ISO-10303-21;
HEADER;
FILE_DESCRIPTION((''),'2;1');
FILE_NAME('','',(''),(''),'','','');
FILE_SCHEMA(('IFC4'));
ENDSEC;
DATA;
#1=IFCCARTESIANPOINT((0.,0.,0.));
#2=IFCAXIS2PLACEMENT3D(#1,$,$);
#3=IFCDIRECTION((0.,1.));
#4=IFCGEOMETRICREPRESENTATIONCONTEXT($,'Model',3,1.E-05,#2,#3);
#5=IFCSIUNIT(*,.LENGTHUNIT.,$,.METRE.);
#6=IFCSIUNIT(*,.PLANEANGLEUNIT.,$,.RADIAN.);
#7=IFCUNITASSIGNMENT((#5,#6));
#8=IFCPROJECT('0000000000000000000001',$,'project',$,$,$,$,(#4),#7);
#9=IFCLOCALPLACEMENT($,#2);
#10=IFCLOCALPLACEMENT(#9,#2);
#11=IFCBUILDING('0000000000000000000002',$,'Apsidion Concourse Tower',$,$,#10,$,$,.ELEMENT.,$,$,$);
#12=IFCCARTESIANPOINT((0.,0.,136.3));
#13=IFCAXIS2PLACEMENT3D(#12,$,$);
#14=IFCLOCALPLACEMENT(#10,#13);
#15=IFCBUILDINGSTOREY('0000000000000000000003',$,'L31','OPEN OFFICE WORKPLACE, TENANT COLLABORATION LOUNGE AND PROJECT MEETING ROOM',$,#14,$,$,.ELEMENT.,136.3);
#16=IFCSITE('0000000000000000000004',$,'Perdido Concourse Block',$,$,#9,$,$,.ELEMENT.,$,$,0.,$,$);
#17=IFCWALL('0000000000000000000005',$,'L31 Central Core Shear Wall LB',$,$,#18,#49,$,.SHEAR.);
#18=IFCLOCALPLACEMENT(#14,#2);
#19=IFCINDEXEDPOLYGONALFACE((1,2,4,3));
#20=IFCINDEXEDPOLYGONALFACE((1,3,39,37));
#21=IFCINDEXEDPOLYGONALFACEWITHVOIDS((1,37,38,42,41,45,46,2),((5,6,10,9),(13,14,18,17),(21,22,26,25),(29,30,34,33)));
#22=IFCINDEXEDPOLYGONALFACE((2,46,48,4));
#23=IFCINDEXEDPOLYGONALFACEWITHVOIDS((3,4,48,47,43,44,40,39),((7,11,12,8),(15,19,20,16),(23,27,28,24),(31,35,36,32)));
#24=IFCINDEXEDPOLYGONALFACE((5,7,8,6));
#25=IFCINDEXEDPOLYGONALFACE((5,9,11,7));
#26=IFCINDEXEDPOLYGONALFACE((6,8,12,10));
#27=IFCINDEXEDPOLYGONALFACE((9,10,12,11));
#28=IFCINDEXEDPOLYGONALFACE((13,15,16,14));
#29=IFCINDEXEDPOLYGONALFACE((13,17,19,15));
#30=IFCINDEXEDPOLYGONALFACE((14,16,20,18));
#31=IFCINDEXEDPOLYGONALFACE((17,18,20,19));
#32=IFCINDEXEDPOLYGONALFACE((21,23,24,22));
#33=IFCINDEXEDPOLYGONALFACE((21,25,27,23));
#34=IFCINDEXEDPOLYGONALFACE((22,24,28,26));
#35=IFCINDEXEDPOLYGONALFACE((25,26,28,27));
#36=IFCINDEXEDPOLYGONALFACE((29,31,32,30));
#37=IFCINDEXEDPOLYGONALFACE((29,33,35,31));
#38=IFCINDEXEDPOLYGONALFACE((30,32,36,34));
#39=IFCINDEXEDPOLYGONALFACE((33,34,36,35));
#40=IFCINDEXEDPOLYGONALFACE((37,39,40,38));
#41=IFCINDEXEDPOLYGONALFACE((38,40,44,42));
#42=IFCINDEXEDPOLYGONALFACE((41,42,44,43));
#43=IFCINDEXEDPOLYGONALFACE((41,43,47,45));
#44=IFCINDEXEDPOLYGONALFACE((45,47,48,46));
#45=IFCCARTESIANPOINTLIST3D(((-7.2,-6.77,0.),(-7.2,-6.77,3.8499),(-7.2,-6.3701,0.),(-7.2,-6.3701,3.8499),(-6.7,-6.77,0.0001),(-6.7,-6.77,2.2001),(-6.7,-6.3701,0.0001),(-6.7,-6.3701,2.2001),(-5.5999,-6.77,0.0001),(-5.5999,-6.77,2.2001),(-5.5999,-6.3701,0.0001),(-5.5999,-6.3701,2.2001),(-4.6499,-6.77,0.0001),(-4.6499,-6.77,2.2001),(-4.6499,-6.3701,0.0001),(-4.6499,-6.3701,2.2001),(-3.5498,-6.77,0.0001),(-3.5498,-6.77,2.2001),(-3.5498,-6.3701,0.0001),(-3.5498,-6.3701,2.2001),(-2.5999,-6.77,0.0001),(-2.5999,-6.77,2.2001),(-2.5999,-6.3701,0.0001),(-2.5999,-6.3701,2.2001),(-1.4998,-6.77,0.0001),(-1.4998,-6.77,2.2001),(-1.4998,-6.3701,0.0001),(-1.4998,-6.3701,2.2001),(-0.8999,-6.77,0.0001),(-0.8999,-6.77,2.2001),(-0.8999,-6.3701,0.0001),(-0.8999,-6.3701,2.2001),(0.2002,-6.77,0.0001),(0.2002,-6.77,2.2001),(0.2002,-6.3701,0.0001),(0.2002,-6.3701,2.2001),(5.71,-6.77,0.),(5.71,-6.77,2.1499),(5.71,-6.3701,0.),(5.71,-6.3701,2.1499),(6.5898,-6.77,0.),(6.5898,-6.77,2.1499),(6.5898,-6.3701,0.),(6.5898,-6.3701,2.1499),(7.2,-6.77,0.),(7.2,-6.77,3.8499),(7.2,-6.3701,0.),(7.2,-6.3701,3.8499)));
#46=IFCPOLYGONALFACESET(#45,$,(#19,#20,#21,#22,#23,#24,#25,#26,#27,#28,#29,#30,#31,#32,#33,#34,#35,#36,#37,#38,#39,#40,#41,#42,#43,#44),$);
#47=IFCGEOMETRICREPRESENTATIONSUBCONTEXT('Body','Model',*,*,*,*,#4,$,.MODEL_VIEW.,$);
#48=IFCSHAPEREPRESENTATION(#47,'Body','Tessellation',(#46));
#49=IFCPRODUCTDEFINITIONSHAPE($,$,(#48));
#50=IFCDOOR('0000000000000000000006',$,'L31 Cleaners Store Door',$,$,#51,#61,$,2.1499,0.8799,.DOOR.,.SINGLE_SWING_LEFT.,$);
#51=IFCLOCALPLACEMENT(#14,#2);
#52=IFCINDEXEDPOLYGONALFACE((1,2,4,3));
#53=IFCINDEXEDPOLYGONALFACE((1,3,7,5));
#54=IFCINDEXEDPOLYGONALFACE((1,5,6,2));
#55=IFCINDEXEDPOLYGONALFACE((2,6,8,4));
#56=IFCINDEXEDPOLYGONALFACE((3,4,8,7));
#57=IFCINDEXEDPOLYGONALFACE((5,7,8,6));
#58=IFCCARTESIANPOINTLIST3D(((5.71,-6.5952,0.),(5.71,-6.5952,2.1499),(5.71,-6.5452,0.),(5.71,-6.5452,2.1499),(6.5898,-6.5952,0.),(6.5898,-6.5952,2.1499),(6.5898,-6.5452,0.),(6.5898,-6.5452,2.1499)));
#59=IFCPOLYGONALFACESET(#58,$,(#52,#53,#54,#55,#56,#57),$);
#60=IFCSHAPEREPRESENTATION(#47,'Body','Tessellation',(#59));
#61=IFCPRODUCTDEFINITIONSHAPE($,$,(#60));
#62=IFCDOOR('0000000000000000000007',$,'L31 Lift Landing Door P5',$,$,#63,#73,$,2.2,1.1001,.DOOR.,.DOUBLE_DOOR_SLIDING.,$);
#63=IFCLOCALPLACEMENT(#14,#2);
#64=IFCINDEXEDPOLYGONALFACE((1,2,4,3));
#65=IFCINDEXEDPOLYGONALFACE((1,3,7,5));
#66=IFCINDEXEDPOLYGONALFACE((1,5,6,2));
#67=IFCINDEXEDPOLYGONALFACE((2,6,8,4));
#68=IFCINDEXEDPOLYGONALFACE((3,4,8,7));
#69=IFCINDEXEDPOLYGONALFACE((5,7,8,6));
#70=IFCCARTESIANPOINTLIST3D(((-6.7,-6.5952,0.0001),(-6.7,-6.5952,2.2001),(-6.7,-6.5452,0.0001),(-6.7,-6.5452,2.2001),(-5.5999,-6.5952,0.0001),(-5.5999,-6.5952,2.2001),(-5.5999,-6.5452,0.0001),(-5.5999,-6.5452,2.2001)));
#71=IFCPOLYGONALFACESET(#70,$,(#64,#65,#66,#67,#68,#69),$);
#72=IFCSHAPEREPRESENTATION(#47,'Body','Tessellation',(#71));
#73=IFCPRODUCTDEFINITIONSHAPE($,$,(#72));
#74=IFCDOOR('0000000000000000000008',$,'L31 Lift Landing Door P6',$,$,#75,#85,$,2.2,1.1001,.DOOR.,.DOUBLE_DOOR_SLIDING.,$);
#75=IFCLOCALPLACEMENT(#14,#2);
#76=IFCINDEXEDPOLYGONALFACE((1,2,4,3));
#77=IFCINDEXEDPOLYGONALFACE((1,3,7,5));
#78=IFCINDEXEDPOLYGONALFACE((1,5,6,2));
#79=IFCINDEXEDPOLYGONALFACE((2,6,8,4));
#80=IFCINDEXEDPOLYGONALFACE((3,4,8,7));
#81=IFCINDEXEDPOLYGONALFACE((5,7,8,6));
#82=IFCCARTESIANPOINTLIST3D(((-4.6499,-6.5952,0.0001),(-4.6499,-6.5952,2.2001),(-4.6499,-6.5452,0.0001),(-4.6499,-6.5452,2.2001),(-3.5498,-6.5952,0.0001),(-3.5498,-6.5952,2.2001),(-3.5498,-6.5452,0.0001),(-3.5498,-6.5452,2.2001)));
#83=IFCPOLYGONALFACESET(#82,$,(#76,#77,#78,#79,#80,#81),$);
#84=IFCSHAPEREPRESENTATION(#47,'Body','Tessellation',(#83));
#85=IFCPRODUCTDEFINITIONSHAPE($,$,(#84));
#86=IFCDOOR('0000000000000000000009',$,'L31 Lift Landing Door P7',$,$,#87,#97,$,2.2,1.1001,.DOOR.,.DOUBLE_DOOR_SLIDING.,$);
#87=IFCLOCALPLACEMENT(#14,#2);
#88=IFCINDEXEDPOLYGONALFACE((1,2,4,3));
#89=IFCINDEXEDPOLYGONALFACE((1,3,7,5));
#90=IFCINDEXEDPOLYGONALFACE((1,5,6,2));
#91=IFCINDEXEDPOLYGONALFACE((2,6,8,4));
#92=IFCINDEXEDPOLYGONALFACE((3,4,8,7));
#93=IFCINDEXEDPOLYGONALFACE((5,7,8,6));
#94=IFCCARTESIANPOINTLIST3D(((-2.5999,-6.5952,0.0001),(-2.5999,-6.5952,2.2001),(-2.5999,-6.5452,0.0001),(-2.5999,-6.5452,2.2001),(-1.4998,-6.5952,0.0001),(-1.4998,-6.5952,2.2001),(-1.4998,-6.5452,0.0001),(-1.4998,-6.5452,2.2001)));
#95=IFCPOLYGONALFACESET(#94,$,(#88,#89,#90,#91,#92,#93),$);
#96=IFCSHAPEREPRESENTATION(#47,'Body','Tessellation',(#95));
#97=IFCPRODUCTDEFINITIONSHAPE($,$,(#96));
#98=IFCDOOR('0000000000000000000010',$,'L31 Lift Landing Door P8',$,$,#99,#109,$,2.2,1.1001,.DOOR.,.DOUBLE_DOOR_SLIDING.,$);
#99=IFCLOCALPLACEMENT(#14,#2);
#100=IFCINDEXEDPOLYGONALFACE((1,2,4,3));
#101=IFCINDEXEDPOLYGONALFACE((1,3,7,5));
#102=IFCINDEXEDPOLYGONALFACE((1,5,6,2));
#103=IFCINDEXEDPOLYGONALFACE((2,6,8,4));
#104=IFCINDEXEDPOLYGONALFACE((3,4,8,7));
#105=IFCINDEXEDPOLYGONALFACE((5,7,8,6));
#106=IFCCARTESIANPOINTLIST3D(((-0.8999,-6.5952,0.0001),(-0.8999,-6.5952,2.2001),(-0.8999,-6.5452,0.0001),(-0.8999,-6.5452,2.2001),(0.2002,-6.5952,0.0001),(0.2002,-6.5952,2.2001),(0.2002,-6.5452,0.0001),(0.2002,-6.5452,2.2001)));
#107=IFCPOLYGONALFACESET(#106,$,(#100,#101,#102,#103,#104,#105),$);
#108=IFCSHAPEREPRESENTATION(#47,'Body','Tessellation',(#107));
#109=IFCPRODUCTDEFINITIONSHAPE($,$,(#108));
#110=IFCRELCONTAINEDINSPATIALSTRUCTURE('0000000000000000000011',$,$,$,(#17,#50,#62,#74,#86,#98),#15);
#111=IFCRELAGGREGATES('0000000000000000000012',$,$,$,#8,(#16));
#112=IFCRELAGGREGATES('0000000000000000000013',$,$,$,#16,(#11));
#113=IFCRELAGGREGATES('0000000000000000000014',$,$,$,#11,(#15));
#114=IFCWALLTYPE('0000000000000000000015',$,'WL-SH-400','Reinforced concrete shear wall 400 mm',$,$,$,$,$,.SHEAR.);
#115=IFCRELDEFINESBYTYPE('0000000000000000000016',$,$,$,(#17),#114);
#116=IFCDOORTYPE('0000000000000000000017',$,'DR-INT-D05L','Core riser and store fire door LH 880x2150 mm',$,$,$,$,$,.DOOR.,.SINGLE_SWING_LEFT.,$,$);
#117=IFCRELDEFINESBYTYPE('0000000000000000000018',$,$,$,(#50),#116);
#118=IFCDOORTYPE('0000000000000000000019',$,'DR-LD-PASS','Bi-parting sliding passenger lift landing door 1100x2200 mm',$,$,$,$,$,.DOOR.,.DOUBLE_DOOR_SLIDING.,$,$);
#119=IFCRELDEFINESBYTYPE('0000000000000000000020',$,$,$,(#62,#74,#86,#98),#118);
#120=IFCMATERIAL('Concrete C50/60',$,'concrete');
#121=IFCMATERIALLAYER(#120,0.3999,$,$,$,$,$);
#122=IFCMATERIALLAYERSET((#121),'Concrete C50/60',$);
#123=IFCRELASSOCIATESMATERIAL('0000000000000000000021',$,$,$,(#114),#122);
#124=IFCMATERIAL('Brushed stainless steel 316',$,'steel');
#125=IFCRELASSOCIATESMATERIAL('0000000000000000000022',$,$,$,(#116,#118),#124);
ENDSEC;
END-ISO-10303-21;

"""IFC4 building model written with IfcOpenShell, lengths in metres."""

from ifc_helpers import new_model, si_unit, direction, frame, frame_2d, origin, place, context, subcontext, project, spatial, rectangle, extrude, material, layer, layer_set, type_object, element, fill, save


model = new_model("IFC4")

# Units and contexts
model_context = context("Model", 3, precision=1e-05, world=origin(), true_north=direction((0.0, 1.0)))
body_context = subcontext(model_context, "Body", "Model", "MODEL_VIEW")
ifc_project = project(units=[si_unit("LENGTHUNIT", "METRE"), si_unit("PLANEANGLEUNIT", "RADIAN")], contexts=[model_context])

# Site, building, storey
site_placement = place(None, origin())
site = spatial("IfcSite", under=ifc_project, at=site_placement, Name="Perdido Concourse Block", CompositionType="ELEMENT", RefElevation=0.0)
building_placement = place(site_placement, origin())
building = spatial("IfcBuilding", under=site, at=building_placement, Name="Apsidion Concourse Tower", CompositionType="ELEMENT")
storey_placement = place(building_placement, frame((0.0, 0.0, 136.3)))
storey = spatial("IfcBuildingStorey", under=building, at=storey_placement, Name="L31", Description="OPEN OFFICE WORKPLACE, TENANT COLLABORATION LOUNGE AND PROJECT MEETING ROOM", CompositionType="ELEMENT", Elevation=136.3)

# Shared definitions
ifc_material_1 = material(Name="Concrete C50/60", Category="concrete")

# Shared definitions
ifc_material_2 = material(Name="Brushed stainless steel 316", Category="steel")

# Shared definitions
ifc_layer_1 = layer(ifc_material_1, 0.3999)
ifc_layer_set_1 = layer_set([ifc_layer_1], Name="Concrete C50/60")
wall_type_1 = type_object("IfcWallType", Name="WL-SH-400", Description="Reinforced concrete shear wall 400 mm", PredefinedType="SHEAR", material=ifc_layer_set_1)

# Wall, openings, doors
wall_1_placement = place(storey_placement, frame((-7.2, -6.5701, 0.0), z_axis=(0.0, 0.0, 1.0), x_axis=(1.0, 0.0, 0.0)))
wall_1 = element("IfcWall", 1, at=wall_1_placement, inside=storey, type_object=wall_type_1, Name="L31 Central Core Shear Wall LB", PredefinedType="SHEAR", context=body_context, shape_type="SweptSolid", body=[
    extrude(rectangle(XDim=14.3999, YDim=0.3999, at=frame_2d((7.2, 0.0))), origin(), (0.0, 0.0, 1.0), 3.8499),
])
opening_1_placement = place(wall_1_placement, frame((0.5, 0.0, 0.0)))
opening_1 = element("IfcOpeningElement", 2, at=opening_1_placement, cuts=wall_1, PredefinedType="OPENING", context=body_context, shape_type="SweptSolid", body=[
    extrude(rectangle(XDim=1.1001, YDim=2.2, at=frame_2d((0.55, 1.1001))), frame((0.0, 0.21, 0.0), z_axis=(0.0, -1.0, 0.0), x_axis=(1.0, 0.0, 0.0)), (0.0, 0.0, 1.0), 0.4199),
])
opening_2_placement = place(wall_1_placement, frame((2.55, 0.0, 0.0)))
opening_2 = element("IfcOpeningElement", 3, at=opening_2_placement, cuts=wall_1, PredefinedType="OPENING", context=body_context, shape_type="SweptSolid", body=[
    extrude(rectangle(XDim=1.1001, YDim=2.2, at=frame_2d((0.55, 1.1001))), frame((0.0, 0.21, 0.0), z_axis=(0.0, -1.0, 0.0), x_axis=(1.0, 0.0, 0.0)), (0.0, 0.0, 1.0), 0.4199),
])
opening_3_placement = place(wall_1_placement, frame((4.6001, 0.0, 0.0)))
opening_3 = element("IfcOpeningElement", 4, at=opening_3_placement, cuts=wall_1, PredefinedType="OPENING", context=body_context, shape_type="SweptSolid", body=[
    extrude(rectangle(XDim=1.1001, YDim=2.2, at=frame_2d((0.55, 1.1001))), frame((0.0, 0.21, 0.0), z_axis=(0.0, -1.0, 0.0), x_axis=(1.0, 0.0, 0.0)), (0.0, 0.0, 1.0), 0.4199),
])
opening_4_placement = place(wall_1_placement, frame((6.3, 0.0, 0.0)))
opening_4 = element("IfcOpeningElement", 5, at=opening_4_placement, cuts=wall_1, PredefinedType="OPENING", context=body_context, shape_type="SweptSolid", body=[
    extrude(rectangle(XDim=1.1001, YDim=2.2, at=frame_2d((0.55, 1.1001))), frame((0.0, 0.21, 0.0), z_axis=(0.0, -1.0, 0.0), x_axis=(1.0, 0.0, 0.0)), (0.0, 0.0, 1.0), 0.4199),
])
opening_5_placement = place(wall_1_placement, frame((12.9099, 0.0, 0.0)))
opening_5 = element("IfcOpeningElement", 6, at=opening_5_placement, cuts=wall_1, PredefinedType="OPENING", context=body_context, shape_type="SweptSolid", body=[
    extrude(rectangle(XDim=0.8799, YDim=2.1499, at=frame_2d((0.4399, 1.075))), frame((0.0, 0.21, 0.0), z_axis=(0.0, -1.0, 0.0), x_axis=(1.0, 0.0, 0.0)), (0.0, 0.0, 1.0), 0.4199),
])
door_type_1 = type_object("IfcDoorType", Name="DR-INT-D05L", Description="Core riser and store fire door LH 880x2150 mm", OperationType="SINGLE_SWING_LEFT", PredefinedType="DOOR", material=ifc_material_2)
door_1_placement = place(opening_5_placement, origin())
door_1 = element("IfcDoor", 7, at=door_1_placement, inside=storey, type_object=door_type_1, Name="L31 Cleaners Store Door", OperationType="SINGLE_SWING_LEFT", OverallHeight=2.1499, OverallWidth=0.8799, PredefinedType="DOOR", context=body_context, shape_type="SweptSolid", body=[
    extrude(rectangle(XDim=0.8799, YDim=2.1499, at=frame_2d((0.4399, 1.075))), frame((0.0, 0.0249, 0.0), z_axis=(0.0, -1.0, 0.0), x_axis=(1.0, 0.0, 0.0)), (0.0, 0.0, 1.0), 0.05),
])
fill(opening_5, door_1)
door_type_2 = type_object("IfcDoorType", Name="DR-LD-PASS", Description="Bi-parting sliding passenger lift landing door 1100x2200 mm", OperationType="DOUBLE_DOOR_SLIDING", PredefinedType="DOOR", material=ifc_material_2)
door_2_placement = place(opening_1_placement, origin())
door_2 = element("IfcDoor", 8, at=door_2_placement, inside=storey, type_object=door_type_2, Name="L31 Lift Landing Door P5", OperationType="DOUBLE_DOOR_SLIDING", OverallHeight=2.2, OverallWidth=1.1001, PredefinedType="DOOR", context=body_context, shape_type="SweptSolid", body=[
    extrude(rectangle(XDim=1.1001, YDim=2.2, at=frame_2d((0.55, 1.1001))), frame((0.0, 0.0249, 0.0), z_axis=(0.0, -1.0, 0.0), x_axis=(1.0, 0.0, 0.0)), (0.0, 0.0, 1.0), 0.05),
])
fill(opening_1, door_2)
door_3_placement = place(opening_2_placement, origin())
door_3 = element("IfcDoor", 9, at=door_3_placement, inside=storey, type_object=door_type_2, Name="L31 Lift Landing Door P6", OperationType="DOUBLE_DOOR_SLIDING", OverallHeight=2.2, OverallWidth=1.1001, PredefinedType="DOOR", context=body_context, shape_type="SweptSolid", body=[
    extrude(rectangle(XDim=1.1001, YDim=2.2, at=frame_2d((0.55, 1.1001))), frame((0.0, 0.0249, 0.0), z_axis=(0.0, -1.0, 0.0), x_axis=(1.0, 0.0, 0.0)), (0.0, 0.0, 1.0), 0.05),
])
fill(opening_2, door_3)
door_4_placement = place(opening_3_placement, origin())
door_4 = element("IfcDoor", 10, at=door_4_placement, inside=storey, type_object=door_type_2, Name="L31 Lift Landing Door P7", OperationType="DOUBLE_DOOR_SLIDING", OverallHeight=2.2, OverallWidth=1.1001, PredefinedType="DOOR", context=body_context, shape_type="SweptSolid", body=[
    extrude(rectangle(XDim=1.1001, YDim=2.2, at=frame_2d((0.55, 1.1001))), frame((0.0, 0.0249, 0.0), z_axis=(0.0, -1.0, 0.0), x_axis=(1.0, 0.0, 0.0)), (0.0, 0.0, 1.0), 0.05),
])
fill(opening_3, door_4)
door_5_placement = place(opening_4_placement, origin())
door_5 = element("IfcDoor", 11, at=door_5_placement, inside=storey, type_object=door_type_2, Name="L31 Lift Landing Door P8", OperationType="DOUBLE_DOOR_SLIDING", OverallHeight=2.2, OverallWidth=1.1001, PredefinedType="DOOR", context=body_context, shape_type="SweptSolid", body=[
    extrude(rectangle(XDim=1.1001, YDim=2.2, at=frame_2d((0.55, 1.1001))), frame((0.0, 0.0249, 0.0), z_axis=(0.0, -1.0, 0.0), x_axis=(1.0, 0.0, 0.0)), (0.0, 0.0, 1.0), 0.05),
])
fill(opening_4, door_5)

save(model, "model.ifc")
